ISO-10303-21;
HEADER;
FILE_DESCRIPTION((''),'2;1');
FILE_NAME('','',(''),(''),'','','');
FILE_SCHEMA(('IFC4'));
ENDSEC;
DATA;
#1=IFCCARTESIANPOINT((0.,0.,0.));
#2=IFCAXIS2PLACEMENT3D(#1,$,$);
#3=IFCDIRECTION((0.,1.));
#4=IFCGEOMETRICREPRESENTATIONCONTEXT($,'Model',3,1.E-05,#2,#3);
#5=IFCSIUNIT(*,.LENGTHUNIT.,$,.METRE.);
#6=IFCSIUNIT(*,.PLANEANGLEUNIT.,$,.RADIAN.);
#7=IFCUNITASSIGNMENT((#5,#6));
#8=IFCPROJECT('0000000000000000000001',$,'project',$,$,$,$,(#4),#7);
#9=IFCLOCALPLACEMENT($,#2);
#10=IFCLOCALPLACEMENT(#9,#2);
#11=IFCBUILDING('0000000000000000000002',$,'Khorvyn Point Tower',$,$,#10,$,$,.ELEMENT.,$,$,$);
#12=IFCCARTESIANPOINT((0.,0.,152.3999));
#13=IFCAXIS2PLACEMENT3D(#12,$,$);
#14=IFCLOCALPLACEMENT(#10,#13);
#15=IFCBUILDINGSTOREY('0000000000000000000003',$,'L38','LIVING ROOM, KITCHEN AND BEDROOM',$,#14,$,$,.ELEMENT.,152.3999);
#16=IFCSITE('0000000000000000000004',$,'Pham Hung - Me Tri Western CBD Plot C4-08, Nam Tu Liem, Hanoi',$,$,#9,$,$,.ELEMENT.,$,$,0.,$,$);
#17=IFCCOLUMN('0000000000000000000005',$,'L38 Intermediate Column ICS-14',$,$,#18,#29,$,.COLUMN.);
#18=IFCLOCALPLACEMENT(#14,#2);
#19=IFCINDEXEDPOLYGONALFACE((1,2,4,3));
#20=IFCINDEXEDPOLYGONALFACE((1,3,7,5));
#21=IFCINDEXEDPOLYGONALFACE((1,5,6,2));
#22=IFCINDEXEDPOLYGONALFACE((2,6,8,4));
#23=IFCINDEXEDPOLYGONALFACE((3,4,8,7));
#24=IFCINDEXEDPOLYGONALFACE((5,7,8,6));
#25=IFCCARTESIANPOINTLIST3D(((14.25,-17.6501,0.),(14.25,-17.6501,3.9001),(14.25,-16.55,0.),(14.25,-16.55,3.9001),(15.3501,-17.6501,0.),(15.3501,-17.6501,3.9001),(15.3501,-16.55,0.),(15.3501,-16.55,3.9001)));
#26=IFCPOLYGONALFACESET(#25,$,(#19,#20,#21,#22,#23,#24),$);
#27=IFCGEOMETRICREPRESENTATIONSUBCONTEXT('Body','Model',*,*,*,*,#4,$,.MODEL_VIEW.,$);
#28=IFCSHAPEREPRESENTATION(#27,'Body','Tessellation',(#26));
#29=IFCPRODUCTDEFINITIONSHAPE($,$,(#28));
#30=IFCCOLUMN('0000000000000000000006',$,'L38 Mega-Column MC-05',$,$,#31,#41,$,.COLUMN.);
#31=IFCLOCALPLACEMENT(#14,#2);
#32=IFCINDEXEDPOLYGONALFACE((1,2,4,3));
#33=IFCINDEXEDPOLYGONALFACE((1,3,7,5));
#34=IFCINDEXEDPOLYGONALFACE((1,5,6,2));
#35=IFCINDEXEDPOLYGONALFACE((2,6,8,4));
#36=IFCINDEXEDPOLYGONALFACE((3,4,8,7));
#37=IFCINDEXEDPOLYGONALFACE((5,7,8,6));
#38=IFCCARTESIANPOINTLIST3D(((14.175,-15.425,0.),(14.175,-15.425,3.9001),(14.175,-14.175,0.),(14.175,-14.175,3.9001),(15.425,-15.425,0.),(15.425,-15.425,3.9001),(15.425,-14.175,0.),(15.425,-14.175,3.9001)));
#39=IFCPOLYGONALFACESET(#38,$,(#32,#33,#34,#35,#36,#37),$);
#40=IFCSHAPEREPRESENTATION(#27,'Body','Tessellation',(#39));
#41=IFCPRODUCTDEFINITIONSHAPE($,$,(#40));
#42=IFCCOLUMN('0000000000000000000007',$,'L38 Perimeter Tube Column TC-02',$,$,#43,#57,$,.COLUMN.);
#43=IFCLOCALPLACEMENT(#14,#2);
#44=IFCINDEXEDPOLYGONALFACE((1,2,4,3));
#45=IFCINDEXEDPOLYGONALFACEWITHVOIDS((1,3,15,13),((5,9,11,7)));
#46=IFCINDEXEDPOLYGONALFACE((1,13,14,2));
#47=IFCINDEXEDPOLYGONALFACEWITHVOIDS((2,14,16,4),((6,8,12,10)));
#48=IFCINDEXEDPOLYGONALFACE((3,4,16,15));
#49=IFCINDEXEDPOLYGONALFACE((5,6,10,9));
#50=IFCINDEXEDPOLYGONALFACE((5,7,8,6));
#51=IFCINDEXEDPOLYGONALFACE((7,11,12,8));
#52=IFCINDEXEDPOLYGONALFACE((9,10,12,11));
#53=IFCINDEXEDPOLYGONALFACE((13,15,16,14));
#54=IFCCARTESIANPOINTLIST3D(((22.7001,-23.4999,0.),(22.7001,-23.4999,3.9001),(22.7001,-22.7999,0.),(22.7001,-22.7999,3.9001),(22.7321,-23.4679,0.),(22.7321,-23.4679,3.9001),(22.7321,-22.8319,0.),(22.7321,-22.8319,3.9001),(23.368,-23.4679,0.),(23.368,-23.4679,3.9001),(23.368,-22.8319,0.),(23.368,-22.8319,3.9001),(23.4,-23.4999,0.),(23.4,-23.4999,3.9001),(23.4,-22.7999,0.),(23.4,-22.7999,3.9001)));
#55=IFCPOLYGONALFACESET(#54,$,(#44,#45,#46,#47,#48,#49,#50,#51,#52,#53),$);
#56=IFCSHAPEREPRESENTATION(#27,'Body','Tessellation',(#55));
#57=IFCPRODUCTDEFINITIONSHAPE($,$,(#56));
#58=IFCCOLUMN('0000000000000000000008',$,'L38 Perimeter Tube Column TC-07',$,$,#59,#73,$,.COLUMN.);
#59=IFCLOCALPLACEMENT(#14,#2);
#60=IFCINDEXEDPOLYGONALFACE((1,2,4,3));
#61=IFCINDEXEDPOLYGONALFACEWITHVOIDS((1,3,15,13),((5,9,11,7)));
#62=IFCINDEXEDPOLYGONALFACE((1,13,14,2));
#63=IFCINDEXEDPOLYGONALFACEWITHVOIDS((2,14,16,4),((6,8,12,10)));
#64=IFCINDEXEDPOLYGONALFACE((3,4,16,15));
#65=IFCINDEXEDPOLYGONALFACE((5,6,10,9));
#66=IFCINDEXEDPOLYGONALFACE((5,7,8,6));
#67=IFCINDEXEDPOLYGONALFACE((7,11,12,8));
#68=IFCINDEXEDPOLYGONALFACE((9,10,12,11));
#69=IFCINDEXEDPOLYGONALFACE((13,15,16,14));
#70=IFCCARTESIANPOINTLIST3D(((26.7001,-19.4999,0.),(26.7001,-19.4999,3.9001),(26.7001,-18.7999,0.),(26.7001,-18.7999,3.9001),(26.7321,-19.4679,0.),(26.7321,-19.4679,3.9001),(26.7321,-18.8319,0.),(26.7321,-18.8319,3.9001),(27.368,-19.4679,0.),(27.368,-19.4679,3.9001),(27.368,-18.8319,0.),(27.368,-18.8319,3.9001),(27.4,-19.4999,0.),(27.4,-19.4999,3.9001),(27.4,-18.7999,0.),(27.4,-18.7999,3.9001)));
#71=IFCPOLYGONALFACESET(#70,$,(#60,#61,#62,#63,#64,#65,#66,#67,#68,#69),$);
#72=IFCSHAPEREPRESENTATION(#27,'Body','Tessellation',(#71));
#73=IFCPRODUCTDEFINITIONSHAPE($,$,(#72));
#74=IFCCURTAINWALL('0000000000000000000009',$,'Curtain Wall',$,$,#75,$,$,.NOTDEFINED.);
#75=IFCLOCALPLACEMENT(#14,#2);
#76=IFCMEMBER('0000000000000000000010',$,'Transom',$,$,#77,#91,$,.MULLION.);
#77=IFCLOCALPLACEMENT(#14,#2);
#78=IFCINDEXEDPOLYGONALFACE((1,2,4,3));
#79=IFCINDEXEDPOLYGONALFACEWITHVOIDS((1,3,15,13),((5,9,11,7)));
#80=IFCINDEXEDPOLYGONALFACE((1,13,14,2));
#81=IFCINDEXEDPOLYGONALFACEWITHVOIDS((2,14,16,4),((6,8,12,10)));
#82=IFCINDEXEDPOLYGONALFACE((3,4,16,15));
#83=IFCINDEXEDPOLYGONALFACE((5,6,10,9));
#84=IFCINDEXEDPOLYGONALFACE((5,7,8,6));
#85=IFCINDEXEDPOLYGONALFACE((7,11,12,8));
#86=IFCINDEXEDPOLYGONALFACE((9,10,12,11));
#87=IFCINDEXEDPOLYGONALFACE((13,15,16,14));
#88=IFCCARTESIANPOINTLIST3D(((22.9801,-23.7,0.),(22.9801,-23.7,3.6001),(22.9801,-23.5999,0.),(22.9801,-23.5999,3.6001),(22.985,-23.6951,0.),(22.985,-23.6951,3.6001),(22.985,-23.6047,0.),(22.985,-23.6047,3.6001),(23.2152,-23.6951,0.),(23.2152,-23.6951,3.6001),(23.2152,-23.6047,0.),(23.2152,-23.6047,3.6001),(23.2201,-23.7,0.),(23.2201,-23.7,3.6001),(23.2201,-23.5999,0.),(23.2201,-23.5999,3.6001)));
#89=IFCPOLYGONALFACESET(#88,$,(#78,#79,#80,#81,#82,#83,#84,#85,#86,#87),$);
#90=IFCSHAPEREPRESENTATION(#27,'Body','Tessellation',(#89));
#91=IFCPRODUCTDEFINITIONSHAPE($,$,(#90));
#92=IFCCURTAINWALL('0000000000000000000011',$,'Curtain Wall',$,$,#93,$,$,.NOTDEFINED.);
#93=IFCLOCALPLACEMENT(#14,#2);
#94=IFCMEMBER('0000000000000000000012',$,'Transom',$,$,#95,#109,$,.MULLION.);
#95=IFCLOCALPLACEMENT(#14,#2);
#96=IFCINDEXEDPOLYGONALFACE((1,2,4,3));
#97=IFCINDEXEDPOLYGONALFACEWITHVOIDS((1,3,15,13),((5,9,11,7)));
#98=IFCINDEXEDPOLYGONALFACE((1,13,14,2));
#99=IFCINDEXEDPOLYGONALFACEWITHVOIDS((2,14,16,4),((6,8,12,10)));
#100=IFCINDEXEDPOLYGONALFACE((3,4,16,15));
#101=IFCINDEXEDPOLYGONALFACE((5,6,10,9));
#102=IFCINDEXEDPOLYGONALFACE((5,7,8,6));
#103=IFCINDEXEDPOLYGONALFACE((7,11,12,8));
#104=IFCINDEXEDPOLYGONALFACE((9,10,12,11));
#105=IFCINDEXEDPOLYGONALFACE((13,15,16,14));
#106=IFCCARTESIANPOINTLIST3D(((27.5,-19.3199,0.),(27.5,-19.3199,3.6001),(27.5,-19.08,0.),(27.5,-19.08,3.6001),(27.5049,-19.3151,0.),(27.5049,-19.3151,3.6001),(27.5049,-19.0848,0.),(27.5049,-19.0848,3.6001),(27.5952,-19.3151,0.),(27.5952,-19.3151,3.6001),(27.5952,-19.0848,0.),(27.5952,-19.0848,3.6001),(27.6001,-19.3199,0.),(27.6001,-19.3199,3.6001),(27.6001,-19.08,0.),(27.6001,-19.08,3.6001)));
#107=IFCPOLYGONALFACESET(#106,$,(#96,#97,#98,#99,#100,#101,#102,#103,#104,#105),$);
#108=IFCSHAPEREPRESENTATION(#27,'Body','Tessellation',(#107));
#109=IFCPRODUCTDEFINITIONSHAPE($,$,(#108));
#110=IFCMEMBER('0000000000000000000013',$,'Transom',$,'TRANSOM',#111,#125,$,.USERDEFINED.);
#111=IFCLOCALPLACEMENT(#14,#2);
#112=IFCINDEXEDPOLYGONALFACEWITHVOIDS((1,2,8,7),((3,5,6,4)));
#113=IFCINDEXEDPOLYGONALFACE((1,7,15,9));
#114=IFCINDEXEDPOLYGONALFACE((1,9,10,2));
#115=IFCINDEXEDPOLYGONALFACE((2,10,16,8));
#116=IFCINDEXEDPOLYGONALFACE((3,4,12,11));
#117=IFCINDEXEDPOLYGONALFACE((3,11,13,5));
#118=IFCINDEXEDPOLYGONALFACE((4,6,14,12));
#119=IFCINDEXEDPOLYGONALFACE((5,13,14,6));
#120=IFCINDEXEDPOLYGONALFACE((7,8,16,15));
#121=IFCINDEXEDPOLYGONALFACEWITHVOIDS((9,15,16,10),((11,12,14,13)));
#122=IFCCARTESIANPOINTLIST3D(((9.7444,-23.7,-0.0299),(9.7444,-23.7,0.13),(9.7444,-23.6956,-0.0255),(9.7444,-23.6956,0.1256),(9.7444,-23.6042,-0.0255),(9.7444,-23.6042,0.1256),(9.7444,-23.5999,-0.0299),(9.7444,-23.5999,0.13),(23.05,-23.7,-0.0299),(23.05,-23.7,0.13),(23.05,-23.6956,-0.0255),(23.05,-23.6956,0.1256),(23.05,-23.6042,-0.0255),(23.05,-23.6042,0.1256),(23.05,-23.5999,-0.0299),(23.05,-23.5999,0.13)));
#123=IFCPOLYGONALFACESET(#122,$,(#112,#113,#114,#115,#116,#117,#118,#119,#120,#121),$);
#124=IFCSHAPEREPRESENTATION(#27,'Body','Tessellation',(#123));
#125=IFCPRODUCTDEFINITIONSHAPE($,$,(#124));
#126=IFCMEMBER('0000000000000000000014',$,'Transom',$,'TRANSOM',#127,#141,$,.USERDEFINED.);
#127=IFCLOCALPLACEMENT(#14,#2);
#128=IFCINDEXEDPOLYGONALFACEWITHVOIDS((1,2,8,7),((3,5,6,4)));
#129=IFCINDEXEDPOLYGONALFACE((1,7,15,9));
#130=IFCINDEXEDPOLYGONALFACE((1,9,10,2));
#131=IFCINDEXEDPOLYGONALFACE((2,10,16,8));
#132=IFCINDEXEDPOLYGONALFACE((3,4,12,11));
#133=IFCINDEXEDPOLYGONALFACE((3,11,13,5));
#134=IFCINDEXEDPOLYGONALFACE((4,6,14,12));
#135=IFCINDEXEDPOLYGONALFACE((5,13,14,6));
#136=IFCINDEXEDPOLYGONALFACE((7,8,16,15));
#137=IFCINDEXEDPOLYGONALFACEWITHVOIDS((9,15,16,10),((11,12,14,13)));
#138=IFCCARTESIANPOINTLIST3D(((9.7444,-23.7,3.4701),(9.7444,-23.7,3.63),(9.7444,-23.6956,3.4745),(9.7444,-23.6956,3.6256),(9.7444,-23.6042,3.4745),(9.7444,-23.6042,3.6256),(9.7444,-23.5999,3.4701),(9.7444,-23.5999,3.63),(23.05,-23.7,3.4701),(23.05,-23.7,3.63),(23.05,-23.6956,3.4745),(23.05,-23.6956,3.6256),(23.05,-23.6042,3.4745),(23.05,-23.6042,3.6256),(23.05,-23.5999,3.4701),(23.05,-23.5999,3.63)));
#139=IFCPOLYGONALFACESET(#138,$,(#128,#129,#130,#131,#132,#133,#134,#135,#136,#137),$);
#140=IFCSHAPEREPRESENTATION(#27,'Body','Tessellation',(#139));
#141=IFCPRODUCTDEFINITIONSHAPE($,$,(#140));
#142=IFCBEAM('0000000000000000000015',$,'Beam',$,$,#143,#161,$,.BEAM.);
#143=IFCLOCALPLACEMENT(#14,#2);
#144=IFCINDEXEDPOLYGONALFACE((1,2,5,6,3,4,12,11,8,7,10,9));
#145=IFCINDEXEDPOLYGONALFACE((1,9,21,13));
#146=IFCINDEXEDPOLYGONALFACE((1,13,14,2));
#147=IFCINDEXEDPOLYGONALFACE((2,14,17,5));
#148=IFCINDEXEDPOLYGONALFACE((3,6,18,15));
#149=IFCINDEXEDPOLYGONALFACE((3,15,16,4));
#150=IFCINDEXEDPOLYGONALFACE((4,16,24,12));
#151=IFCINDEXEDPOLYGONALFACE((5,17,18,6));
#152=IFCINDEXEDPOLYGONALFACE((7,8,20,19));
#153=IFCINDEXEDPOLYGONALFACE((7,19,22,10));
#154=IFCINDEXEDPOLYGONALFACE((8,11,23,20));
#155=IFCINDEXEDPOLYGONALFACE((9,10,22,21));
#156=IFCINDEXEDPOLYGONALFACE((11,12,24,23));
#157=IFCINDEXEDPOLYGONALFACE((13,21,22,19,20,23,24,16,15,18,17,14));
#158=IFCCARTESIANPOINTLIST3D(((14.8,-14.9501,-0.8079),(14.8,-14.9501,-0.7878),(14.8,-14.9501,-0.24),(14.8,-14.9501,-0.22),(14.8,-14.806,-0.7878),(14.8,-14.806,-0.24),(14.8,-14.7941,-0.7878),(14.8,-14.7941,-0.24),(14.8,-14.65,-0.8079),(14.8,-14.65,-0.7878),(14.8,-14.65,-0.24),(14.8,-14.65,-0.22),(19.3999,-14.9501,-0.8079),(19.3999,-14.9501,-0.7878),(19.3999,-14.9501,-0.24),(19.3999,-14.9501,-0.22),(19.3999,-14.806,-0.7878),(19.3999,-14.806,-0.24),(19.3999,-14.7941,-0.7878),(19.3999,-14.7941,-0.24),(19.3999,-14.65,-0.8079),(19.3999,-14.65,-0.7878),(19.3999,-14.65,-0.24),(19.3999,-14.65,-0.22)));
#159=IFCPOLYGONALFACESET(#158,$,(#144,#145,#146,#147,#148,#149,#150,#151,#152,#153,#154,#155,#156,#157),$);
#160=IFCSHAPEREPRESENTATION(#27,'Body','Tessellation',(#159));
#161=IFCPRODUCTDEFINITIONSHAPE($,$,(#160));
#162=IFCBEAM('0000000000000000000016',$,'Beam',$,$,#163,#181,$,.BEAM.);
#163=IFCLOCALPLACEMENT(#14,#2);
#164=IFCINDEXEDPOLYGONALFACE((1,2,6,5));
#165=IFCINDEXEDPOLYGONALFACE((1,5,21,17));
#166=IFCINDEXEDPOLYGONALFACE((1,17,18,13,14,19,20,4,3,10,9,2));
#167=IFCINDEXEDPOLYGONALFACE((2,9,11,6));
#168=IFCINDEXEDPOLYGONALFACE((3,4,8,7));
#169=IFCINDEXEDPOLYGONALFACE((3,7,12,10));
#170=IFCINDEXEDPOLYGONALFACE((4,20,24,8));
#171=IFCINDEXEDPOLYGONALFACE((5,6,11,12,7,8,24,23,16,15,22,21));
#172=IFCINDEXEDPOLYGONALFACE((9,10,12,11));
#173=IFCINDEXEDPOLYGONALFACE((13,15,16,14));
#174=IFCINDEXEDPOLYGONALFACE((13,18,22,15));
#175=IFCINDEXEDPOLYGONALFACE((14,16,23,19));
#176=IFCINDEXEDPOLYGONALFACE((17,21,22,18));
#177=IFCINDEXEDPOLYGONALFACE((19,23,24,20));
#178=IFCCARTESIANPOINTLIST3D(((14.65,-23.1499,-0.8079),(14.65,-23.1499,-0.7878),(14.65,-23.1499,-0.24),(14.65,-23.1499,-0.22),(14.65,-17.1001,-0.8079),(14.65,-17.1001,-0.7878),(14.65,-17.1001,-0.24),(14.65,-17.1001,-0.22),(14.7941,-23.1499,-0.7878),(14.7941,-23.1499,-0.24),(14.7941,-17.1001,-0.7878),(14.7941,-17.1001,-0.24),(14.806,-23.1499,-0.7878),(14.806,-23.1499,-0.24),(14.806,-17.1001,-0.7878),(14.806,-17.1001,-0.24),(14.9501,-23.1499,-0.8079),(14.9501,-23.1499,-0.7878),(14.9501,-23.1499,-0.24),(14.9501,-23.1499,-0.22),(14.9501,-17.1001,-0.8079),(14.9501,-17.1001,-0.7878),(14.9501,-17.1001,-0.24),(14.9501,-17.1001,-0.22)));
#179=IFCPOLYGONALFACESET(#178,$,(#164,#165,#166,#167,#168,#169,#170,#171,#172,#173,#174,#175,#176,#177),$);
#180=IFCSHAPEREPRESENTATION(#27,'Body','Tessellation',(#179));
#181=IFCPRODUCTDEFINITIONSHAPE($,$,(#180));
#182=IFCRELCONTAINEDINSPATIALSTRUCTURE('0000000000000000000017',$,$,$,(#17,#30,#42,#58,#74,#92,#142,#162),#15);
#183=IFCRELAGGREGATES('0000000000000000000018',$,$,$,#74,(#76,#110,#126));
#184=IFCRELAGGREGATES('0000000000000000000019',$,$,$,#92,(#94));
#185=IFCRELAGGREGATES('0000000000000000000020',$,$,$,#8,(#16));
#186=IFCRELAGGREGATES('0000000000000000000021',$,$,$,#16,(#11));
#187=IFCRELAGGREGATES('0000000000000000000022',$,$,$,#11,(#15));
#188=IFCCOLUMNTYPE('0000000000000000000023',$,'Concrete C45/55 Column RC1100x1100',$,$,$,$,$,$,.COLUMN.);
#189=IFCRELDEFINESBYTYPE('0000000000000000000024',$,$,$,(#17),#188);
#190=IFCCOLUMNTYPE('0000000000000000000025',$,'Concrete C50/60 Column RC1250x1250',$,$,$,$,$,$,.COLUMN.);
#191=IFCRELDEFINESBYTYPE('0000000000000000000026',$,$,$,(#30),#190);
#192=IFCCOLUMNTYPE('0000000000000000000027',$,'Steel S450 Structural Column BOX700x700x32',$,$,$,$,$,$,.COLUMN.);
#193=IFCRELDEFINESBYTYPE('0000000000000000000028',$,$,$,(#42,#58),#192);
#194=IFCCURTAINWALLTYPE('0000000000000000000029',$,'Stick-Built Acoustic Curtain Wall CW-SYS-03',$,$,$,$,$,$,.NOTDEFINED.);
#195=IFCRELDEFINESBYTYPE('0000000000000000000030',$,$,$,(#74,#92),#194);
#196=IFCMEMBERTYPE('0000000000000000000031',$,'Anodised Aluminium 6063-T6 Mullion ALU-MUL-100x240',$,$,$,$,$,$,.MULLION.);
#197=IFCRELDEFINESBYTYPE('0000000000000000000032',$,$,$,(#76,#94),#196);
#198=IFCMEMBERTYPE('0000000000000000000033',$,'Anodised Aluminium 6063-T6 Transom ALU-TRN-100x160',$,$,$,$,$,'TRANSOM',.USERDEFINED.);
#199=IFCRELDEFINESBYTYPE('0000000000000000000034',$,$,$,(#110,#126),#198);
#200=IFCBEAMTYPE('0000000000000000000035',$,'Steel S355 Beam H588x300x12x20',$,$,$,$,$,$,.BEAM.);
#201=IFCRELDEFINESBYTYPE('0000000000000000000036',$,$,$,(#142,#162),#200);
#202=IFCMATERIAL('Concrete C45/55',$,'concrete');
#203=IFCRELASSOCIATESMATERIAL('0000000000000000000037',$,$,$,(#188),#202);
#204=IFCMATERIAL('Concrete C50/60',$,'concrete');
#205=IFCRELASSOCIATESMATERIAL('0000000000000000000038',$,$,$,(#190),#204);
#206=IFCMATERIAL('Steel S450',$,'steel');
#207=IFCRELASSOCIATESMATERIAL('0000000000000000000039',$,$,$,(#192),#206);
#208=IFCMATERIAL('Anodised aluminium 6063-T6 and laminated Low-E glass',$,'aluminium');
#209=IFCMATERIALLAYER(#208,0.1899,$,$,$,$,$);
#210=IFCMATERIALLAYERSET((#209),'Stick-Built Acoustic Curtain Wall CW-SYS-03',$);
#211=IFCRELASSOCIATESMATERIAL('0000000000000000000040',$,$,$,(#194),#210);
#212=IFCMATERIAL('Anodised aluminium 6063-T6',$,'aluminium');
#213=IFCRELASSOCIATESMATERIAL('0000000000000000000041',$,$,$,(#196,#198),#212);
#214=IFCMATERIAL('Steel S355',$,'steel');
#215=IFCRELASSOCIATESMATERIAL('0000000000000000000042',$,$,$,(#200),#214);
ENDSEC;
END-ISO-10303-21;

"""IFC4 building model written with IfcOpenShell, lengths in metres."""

from ifc_helpers import new_model, si_unit, direction, frame, origin, origin_2d, place, context, subcontext, project, spatial, rectangle, hollow_rectangle, i_section, extrude, material, layer, layer_set, material_profile, profile_set, type_object, element, aggregate, save


model = new_model("IFC4")

# Units and contexts
model_context = context("Model", 3, precision=1e-05, world=origin(), true_north=direction((0.0, 1.0)))
body_context = subcontext(model_context, "Body", "Model", "MODEL_VIEW")
ifc_project = project(units=[si_unit("LENGTHUNIT", "METRE"), si_unit("PLANEANGLEUNIT", "RADIAN")], contexts=[model_context])

# Site, building, storey
site_placement = place(None, origin())
site = spatial("IfcSite", under=ifc_project, at=site_placement, Name="Pham Hung - Me Tri Western CBD Plot C4-08, Nam Tu Liem, Hanoi", CompositionType="ELEMENT", RefElevation=0.0)
building_placement = place(site_placement, origin())
building = spatial("IfcBuilding", under=site, at=building_placement, Name="Khorvyn Point Tower", CompositionType="ELEMENT")
storey_placement = place(building_placement, frame((0.0, 0.0, 152.3999)))
storey = spatial("IfcBuildingStorey", under=building, at=storey_placement, Name="L38", Description="LIVING ROOM, KITCHEN AND BEDROOM", CompositionType="ELEMENT", Elevation=152.3999)

# Columns
ifc_material_1 = material(Name="Concrete C45/55", Category="concrete")
ifc_material_profile_1 = material_profile(ifc_material_1, rectangle(XDim=1.1001, YDim=1.1001, at=origin_2d()))
ifc_profile_set_1 = profile_set([ifc_material_profile_1], Name="Concrete C45/55 RC1100x1100")
column_type_1 = type_object("IfcColumnType", Name="Concrete C45/55 Column RC1100x1100", PredefinedType="COLUMN", material=ifc_profile_set_1)
column_1_placement = place(storey_placement, frame((14.8, -17.1001, 0.0), z_axis=(0.0, 0.0, 1.0), x_axis=(1.0, 0.0, 0.0)))
element("IfcColumn", 1, at=column_1_placement, inside=storey, type_object=column_type_1, Name="L38 Intermediate Column ICS-14", PredefinedType="COLUMN", context=body_context, shape_type="SweptSolid", body=[
    extrude(rectangle(XDim=1.1001, YDim=1.1001, at=origin_2d()), origin(), (0.0, 0.0, 1.0), 3.9001),
])
ifc_material_2 = material(Name="Concrete C50/60", Category="concrete")
ifc_material_profile_2 = material_profile(ifc_material_2, rectangle(XDim=1.25, YDim=1.25, at=origin_2d()))
ifc_profile_set_2 = profile_set([ifc_material_profile_2], Name="Concrete C50/60 RC1250x1250")
column_type_2 = type_object("IfcColumnType", Name="Concrete C50/60 Column RC1250x1250", PredefinedType="COLUMN", material=ifc_profile_set_2)
column_2_placement = place(storey_placement, frame((14.8, -14.8, 0.0), z_axis=(0.0, 0.0, 1.0), x_axis=(1.0, 0.0, 0.0)))
element("IfcColumn", 2, at=column_2_placement, inside=storey, type_object=column_type_2, Name="L38 Mega-Column MC-05", PredefinedType="COLUMN", context=body_context, shape_type="SweptSolid", body=[
    extrude(rectangle(XDim=1.25, YDim=1.25, at=origin_2d()), origin(), (0.0, 0.0, 1.0), 3.9001),
])
ifc_material_3 = material(Name="Steel S450", Category="steel")
ifc_material_profile_3 = material_profile(ifc_material_3, hollow_rectangle(XDim=0.7, YDim=0.7, WallThickness=0.032, at=origin_2d()))
ifc_profile_set_3 = profile_set([ifc_material_profile_3], Name="Steel S450 BOX700x700x32")
column_type_3 = type_object("IfcColumnType", Name="Steel S450 Structural Column BOX700x700x32", PredefinedType="COLUMN", material=ifc_profile_set_3)
for number, where, z_axis, x_axis, name in (
    (3, (23.05, -23.1499, 0.0), (0.0, 0.0, 1.0), (1.0, 0.0, 0.0), "L38 Perimeter Tube Column TC-02"),
    (4, (27.05, -19.1499, 0.0), (0.0, 0.0, 1.0), (1.0, 0.0, 0.0), "L38 Perimeter Tube Column TC-07"),
):
    element("IfcColumn", number, at=place(storey_placement, frame(where, z_axis=z_axis, x_axis=x_axis)), inside=storey, type_object=column_type_3, Name=name, PredefinedType="COLUMN", context=body_context, shape_type="SweptSolid", body=[
        extrude(hollow_rectangle(XDim=0.7, YDim=0.7, WallThickness=0.032, at=origin_2d()), origin(), (0.0, 0.0, 1.0), 3.9001),
    ])

# Curtain walls, members
ifc_material_4 = material(Name="Anodised aluminium 6063-T6 and laminated Low-E glass", Category="aluminium")
ifc_layer_1 = layer(ifc_material_4, 0.1899)
ifc_layer_set_1 = layer_set([ifc_layer_1], Name="Stick-Built Acoustic Curtain Wall CW-SYS-03")
curtain_wall_type = type_object("IfcCurtainWallType", Name="Stick-Built Acoustic Curtain Wall CW-SYS-03", PredefinedType="NOTDEFINED", material=ifc_layer_set_1)
curtain_wall_1_placement = place(storey_placement, origin())
curtain_wall_1 = element("IfcCurtainWall", 5, at=curtain_wall_1_placement, inside=storey, type_object=curtain_wall_type, Name="Curtain Wall", PredefinedType="NOTDEFINED")
ifc_material_5 = material(Name="Anodised aluminium 6063-T6", Category="aluminium")
ifc_material_profile_4 = material_profile(ifc_material_5, hollow_rectangle(XDim=0.1001, YDim=0.24, WallThickness=0.0049, at=origin_2d()))
ifc_profile_set_4 = profile_set([ifc_material_profile_4], Name="Anodised aluminium 6063-T6 ALU-MUL-100x240")
member_type_1 = type_object("IfcMemberType", Name="Anodised Aluminium 6063-T6 Mullion ALU-MUL-100x240", PredefinedType="MULLION", material=ifc_profile_set_4)
member_1_placement = place(storey_placement, frame((23.1001, -23.6499, 0.0), z_axis=(0.0, 0.0, 1.0), x_axis=(0.0, -1.0, 0.0)))
member_1 = element("IfcMember", 6, at=member_1_placement, type_object=member_type_1, Name="Transom", PredefinedType="MULLION", context=body_context, shape_type="SweptSolid", body=[
    extrude(hollow_rectangle(XDim=0.1001, YDim=0.24, WallThickness=0.0049, at=origin_2d()), origin(), (0.0, 0.0, 1.0), 3.6001),
])
curtain_wall_2_placement = place(storey_placement, origin())
curtain_wall_2 = element("IfcCurtainWall", 7, at=curtain_wall_2_placement, inside=storey, type_object=curtain_wall_type, Name="Curtain Wall", PredefinedType="NOTDEFINED")
member_2_placement = place(storey_placement, frame((27.55, -19.2, 0.0), z_axis=(0.0, 0.0, 1.0), x_axis=(1.0, 0.0, 0.0)))
member_2 = element("IfcMember", 8, at=member_2_placement, type_object=member_type_1, Name="Transom", PredefinedType="MULLION", context=body_context, shape_type="SweptSolid", body=[
    extrude(hollow_rectangle(XDim=0.1001, YDim=0.24, WallThickness=0.0049, at=origin_2d()), origin(), (0.0, 0.0, 1.0), 3.6001),
])

# Members
ifc_material_profile_5 = material_profile(ifc_material_5, hollow_rectangle(XDim=0.1001, YDim=0.1599, WallThickness=0.0044, at=origin_2d()))
ifc_profile_set_5 = profile_set([ifc_material_profile_5], Name="Anodised aluminium 6063-T6 ALU-TRN-100x160")
member_type_2 = type_object("IfcMemberType", Name="Anodised Aluminium 6063-T6 Transom ALU-TRN-100x160", ElementType="TRANSOM", PredefinedType="USERDEFINED", material=ifc_profile_set_5)
member_3_placement = place(storey_placement, frame((23.05, -23.6499, 0.05), z_axis=(-1.0, 0.0, 0.0), x_axis=(0.0, -1.0, 0.0)))
member_3 = element("IfcMember", 9, at=member_3_placement, type_object=member_type_2, Name="Transom", ObjectType="TRANSOM", PredefinedType="USERDEFINED", context=body_context, shape_type="SweptSolid", body=[
    extrude(hollow_rectangle(XDim=0.1001, YDim=0.1599, WallThickness=0.0044, at=origin_2d()), origin(), (0.0, 0.0, 1.0), 13.3057),
])
member_4_placement = place(storey_placement, frame((23.05, -23.6499, 3.55), z_axis=(-1.0, 0.0, 0.0), x_axis=(0.0, -1.0, 0.0)))
member_4 = element("IfcMember", 10, at=member_4_placement, type_object=member_type_2, Name="Transom", ObjectType="TRANSOM", PredefinedType="USERDEFINED", context=body_context, shape_type="SweptSolid", body=[
    extrude(hollow_rectangle(XDim=0.1001, YDim=0.1599, WallThickness=0.0044, at=origin_2d()), origin(), (0.0, 0.0, 1.0), 13.3057),
])

# Beams
ifc_material_6 = material(Name="Steel S355", Category="steel")
ifc_material_profile_6 = material_profile(ifc_material_6, i_section(OverallWidth=0.3, OverallDepth=0.5879, WebThickness=0.012, FlangeThickness=0.02, at=origin_2d()))
ifc_profile_set_6 = profile_set([ifc_material_profile_6], Name="Steel S355 H588x300x12x20")
beam_type_1 = type_object("IfcBeamType", Name="Steel S355 Beam H588x300x12x20", PredefinedType="BEAM", material=ifc_profile_set_6)
beam_1_placement = place(storey_placement, frame((14.8, -14.8, -0.5139), z_axis=(1.0, 0.0, 0.0), x_axis=(0.0, 1.0, 0.0)))
element("IfcBeam", 11, at=beam_1_placement, inside=storey, type_object=beam_type_1, Name="Beam", PredefinedType="BEAM", context=body_context, shape_type="SweptSolid", body=[
    extrude(i_section(OverallWidth=0.3, OverallDepth=0.5879, WebThickness=0.012, FlangeThickness=0.02, at=origin_2d()), origin(), (0.0, 0.0, 1.0), 4.5999),
])
beam_2_placement = place(storey_placement, frame((14.8, -23.1499, -0.5139), z_axis=(0.0, 1.0, 0.0), x_axis=(-1.0, 0.0, 0.0)))
element("IfcBeam", 12, at=beam_2_placement, inside=storey, type_object=beam_type_1, Name="Beam", PredefinedType="BEAM", context=body_context, shape_type="SweptSolid", body=[
    extrude(i_section(OverallWidth=0.3, OverallDepth=0.5879, WebThickness=0.012, FlangeThickness=0.02, at=origin_2d()), origin(), (0.0, 0.0, 1.0), 6.0498),
])

aggregate(curtain_wall_1, [member_1, member_3, member_4])
aggregate(curtain_wall_2, [member_2])

save(model, "model.ifc")
